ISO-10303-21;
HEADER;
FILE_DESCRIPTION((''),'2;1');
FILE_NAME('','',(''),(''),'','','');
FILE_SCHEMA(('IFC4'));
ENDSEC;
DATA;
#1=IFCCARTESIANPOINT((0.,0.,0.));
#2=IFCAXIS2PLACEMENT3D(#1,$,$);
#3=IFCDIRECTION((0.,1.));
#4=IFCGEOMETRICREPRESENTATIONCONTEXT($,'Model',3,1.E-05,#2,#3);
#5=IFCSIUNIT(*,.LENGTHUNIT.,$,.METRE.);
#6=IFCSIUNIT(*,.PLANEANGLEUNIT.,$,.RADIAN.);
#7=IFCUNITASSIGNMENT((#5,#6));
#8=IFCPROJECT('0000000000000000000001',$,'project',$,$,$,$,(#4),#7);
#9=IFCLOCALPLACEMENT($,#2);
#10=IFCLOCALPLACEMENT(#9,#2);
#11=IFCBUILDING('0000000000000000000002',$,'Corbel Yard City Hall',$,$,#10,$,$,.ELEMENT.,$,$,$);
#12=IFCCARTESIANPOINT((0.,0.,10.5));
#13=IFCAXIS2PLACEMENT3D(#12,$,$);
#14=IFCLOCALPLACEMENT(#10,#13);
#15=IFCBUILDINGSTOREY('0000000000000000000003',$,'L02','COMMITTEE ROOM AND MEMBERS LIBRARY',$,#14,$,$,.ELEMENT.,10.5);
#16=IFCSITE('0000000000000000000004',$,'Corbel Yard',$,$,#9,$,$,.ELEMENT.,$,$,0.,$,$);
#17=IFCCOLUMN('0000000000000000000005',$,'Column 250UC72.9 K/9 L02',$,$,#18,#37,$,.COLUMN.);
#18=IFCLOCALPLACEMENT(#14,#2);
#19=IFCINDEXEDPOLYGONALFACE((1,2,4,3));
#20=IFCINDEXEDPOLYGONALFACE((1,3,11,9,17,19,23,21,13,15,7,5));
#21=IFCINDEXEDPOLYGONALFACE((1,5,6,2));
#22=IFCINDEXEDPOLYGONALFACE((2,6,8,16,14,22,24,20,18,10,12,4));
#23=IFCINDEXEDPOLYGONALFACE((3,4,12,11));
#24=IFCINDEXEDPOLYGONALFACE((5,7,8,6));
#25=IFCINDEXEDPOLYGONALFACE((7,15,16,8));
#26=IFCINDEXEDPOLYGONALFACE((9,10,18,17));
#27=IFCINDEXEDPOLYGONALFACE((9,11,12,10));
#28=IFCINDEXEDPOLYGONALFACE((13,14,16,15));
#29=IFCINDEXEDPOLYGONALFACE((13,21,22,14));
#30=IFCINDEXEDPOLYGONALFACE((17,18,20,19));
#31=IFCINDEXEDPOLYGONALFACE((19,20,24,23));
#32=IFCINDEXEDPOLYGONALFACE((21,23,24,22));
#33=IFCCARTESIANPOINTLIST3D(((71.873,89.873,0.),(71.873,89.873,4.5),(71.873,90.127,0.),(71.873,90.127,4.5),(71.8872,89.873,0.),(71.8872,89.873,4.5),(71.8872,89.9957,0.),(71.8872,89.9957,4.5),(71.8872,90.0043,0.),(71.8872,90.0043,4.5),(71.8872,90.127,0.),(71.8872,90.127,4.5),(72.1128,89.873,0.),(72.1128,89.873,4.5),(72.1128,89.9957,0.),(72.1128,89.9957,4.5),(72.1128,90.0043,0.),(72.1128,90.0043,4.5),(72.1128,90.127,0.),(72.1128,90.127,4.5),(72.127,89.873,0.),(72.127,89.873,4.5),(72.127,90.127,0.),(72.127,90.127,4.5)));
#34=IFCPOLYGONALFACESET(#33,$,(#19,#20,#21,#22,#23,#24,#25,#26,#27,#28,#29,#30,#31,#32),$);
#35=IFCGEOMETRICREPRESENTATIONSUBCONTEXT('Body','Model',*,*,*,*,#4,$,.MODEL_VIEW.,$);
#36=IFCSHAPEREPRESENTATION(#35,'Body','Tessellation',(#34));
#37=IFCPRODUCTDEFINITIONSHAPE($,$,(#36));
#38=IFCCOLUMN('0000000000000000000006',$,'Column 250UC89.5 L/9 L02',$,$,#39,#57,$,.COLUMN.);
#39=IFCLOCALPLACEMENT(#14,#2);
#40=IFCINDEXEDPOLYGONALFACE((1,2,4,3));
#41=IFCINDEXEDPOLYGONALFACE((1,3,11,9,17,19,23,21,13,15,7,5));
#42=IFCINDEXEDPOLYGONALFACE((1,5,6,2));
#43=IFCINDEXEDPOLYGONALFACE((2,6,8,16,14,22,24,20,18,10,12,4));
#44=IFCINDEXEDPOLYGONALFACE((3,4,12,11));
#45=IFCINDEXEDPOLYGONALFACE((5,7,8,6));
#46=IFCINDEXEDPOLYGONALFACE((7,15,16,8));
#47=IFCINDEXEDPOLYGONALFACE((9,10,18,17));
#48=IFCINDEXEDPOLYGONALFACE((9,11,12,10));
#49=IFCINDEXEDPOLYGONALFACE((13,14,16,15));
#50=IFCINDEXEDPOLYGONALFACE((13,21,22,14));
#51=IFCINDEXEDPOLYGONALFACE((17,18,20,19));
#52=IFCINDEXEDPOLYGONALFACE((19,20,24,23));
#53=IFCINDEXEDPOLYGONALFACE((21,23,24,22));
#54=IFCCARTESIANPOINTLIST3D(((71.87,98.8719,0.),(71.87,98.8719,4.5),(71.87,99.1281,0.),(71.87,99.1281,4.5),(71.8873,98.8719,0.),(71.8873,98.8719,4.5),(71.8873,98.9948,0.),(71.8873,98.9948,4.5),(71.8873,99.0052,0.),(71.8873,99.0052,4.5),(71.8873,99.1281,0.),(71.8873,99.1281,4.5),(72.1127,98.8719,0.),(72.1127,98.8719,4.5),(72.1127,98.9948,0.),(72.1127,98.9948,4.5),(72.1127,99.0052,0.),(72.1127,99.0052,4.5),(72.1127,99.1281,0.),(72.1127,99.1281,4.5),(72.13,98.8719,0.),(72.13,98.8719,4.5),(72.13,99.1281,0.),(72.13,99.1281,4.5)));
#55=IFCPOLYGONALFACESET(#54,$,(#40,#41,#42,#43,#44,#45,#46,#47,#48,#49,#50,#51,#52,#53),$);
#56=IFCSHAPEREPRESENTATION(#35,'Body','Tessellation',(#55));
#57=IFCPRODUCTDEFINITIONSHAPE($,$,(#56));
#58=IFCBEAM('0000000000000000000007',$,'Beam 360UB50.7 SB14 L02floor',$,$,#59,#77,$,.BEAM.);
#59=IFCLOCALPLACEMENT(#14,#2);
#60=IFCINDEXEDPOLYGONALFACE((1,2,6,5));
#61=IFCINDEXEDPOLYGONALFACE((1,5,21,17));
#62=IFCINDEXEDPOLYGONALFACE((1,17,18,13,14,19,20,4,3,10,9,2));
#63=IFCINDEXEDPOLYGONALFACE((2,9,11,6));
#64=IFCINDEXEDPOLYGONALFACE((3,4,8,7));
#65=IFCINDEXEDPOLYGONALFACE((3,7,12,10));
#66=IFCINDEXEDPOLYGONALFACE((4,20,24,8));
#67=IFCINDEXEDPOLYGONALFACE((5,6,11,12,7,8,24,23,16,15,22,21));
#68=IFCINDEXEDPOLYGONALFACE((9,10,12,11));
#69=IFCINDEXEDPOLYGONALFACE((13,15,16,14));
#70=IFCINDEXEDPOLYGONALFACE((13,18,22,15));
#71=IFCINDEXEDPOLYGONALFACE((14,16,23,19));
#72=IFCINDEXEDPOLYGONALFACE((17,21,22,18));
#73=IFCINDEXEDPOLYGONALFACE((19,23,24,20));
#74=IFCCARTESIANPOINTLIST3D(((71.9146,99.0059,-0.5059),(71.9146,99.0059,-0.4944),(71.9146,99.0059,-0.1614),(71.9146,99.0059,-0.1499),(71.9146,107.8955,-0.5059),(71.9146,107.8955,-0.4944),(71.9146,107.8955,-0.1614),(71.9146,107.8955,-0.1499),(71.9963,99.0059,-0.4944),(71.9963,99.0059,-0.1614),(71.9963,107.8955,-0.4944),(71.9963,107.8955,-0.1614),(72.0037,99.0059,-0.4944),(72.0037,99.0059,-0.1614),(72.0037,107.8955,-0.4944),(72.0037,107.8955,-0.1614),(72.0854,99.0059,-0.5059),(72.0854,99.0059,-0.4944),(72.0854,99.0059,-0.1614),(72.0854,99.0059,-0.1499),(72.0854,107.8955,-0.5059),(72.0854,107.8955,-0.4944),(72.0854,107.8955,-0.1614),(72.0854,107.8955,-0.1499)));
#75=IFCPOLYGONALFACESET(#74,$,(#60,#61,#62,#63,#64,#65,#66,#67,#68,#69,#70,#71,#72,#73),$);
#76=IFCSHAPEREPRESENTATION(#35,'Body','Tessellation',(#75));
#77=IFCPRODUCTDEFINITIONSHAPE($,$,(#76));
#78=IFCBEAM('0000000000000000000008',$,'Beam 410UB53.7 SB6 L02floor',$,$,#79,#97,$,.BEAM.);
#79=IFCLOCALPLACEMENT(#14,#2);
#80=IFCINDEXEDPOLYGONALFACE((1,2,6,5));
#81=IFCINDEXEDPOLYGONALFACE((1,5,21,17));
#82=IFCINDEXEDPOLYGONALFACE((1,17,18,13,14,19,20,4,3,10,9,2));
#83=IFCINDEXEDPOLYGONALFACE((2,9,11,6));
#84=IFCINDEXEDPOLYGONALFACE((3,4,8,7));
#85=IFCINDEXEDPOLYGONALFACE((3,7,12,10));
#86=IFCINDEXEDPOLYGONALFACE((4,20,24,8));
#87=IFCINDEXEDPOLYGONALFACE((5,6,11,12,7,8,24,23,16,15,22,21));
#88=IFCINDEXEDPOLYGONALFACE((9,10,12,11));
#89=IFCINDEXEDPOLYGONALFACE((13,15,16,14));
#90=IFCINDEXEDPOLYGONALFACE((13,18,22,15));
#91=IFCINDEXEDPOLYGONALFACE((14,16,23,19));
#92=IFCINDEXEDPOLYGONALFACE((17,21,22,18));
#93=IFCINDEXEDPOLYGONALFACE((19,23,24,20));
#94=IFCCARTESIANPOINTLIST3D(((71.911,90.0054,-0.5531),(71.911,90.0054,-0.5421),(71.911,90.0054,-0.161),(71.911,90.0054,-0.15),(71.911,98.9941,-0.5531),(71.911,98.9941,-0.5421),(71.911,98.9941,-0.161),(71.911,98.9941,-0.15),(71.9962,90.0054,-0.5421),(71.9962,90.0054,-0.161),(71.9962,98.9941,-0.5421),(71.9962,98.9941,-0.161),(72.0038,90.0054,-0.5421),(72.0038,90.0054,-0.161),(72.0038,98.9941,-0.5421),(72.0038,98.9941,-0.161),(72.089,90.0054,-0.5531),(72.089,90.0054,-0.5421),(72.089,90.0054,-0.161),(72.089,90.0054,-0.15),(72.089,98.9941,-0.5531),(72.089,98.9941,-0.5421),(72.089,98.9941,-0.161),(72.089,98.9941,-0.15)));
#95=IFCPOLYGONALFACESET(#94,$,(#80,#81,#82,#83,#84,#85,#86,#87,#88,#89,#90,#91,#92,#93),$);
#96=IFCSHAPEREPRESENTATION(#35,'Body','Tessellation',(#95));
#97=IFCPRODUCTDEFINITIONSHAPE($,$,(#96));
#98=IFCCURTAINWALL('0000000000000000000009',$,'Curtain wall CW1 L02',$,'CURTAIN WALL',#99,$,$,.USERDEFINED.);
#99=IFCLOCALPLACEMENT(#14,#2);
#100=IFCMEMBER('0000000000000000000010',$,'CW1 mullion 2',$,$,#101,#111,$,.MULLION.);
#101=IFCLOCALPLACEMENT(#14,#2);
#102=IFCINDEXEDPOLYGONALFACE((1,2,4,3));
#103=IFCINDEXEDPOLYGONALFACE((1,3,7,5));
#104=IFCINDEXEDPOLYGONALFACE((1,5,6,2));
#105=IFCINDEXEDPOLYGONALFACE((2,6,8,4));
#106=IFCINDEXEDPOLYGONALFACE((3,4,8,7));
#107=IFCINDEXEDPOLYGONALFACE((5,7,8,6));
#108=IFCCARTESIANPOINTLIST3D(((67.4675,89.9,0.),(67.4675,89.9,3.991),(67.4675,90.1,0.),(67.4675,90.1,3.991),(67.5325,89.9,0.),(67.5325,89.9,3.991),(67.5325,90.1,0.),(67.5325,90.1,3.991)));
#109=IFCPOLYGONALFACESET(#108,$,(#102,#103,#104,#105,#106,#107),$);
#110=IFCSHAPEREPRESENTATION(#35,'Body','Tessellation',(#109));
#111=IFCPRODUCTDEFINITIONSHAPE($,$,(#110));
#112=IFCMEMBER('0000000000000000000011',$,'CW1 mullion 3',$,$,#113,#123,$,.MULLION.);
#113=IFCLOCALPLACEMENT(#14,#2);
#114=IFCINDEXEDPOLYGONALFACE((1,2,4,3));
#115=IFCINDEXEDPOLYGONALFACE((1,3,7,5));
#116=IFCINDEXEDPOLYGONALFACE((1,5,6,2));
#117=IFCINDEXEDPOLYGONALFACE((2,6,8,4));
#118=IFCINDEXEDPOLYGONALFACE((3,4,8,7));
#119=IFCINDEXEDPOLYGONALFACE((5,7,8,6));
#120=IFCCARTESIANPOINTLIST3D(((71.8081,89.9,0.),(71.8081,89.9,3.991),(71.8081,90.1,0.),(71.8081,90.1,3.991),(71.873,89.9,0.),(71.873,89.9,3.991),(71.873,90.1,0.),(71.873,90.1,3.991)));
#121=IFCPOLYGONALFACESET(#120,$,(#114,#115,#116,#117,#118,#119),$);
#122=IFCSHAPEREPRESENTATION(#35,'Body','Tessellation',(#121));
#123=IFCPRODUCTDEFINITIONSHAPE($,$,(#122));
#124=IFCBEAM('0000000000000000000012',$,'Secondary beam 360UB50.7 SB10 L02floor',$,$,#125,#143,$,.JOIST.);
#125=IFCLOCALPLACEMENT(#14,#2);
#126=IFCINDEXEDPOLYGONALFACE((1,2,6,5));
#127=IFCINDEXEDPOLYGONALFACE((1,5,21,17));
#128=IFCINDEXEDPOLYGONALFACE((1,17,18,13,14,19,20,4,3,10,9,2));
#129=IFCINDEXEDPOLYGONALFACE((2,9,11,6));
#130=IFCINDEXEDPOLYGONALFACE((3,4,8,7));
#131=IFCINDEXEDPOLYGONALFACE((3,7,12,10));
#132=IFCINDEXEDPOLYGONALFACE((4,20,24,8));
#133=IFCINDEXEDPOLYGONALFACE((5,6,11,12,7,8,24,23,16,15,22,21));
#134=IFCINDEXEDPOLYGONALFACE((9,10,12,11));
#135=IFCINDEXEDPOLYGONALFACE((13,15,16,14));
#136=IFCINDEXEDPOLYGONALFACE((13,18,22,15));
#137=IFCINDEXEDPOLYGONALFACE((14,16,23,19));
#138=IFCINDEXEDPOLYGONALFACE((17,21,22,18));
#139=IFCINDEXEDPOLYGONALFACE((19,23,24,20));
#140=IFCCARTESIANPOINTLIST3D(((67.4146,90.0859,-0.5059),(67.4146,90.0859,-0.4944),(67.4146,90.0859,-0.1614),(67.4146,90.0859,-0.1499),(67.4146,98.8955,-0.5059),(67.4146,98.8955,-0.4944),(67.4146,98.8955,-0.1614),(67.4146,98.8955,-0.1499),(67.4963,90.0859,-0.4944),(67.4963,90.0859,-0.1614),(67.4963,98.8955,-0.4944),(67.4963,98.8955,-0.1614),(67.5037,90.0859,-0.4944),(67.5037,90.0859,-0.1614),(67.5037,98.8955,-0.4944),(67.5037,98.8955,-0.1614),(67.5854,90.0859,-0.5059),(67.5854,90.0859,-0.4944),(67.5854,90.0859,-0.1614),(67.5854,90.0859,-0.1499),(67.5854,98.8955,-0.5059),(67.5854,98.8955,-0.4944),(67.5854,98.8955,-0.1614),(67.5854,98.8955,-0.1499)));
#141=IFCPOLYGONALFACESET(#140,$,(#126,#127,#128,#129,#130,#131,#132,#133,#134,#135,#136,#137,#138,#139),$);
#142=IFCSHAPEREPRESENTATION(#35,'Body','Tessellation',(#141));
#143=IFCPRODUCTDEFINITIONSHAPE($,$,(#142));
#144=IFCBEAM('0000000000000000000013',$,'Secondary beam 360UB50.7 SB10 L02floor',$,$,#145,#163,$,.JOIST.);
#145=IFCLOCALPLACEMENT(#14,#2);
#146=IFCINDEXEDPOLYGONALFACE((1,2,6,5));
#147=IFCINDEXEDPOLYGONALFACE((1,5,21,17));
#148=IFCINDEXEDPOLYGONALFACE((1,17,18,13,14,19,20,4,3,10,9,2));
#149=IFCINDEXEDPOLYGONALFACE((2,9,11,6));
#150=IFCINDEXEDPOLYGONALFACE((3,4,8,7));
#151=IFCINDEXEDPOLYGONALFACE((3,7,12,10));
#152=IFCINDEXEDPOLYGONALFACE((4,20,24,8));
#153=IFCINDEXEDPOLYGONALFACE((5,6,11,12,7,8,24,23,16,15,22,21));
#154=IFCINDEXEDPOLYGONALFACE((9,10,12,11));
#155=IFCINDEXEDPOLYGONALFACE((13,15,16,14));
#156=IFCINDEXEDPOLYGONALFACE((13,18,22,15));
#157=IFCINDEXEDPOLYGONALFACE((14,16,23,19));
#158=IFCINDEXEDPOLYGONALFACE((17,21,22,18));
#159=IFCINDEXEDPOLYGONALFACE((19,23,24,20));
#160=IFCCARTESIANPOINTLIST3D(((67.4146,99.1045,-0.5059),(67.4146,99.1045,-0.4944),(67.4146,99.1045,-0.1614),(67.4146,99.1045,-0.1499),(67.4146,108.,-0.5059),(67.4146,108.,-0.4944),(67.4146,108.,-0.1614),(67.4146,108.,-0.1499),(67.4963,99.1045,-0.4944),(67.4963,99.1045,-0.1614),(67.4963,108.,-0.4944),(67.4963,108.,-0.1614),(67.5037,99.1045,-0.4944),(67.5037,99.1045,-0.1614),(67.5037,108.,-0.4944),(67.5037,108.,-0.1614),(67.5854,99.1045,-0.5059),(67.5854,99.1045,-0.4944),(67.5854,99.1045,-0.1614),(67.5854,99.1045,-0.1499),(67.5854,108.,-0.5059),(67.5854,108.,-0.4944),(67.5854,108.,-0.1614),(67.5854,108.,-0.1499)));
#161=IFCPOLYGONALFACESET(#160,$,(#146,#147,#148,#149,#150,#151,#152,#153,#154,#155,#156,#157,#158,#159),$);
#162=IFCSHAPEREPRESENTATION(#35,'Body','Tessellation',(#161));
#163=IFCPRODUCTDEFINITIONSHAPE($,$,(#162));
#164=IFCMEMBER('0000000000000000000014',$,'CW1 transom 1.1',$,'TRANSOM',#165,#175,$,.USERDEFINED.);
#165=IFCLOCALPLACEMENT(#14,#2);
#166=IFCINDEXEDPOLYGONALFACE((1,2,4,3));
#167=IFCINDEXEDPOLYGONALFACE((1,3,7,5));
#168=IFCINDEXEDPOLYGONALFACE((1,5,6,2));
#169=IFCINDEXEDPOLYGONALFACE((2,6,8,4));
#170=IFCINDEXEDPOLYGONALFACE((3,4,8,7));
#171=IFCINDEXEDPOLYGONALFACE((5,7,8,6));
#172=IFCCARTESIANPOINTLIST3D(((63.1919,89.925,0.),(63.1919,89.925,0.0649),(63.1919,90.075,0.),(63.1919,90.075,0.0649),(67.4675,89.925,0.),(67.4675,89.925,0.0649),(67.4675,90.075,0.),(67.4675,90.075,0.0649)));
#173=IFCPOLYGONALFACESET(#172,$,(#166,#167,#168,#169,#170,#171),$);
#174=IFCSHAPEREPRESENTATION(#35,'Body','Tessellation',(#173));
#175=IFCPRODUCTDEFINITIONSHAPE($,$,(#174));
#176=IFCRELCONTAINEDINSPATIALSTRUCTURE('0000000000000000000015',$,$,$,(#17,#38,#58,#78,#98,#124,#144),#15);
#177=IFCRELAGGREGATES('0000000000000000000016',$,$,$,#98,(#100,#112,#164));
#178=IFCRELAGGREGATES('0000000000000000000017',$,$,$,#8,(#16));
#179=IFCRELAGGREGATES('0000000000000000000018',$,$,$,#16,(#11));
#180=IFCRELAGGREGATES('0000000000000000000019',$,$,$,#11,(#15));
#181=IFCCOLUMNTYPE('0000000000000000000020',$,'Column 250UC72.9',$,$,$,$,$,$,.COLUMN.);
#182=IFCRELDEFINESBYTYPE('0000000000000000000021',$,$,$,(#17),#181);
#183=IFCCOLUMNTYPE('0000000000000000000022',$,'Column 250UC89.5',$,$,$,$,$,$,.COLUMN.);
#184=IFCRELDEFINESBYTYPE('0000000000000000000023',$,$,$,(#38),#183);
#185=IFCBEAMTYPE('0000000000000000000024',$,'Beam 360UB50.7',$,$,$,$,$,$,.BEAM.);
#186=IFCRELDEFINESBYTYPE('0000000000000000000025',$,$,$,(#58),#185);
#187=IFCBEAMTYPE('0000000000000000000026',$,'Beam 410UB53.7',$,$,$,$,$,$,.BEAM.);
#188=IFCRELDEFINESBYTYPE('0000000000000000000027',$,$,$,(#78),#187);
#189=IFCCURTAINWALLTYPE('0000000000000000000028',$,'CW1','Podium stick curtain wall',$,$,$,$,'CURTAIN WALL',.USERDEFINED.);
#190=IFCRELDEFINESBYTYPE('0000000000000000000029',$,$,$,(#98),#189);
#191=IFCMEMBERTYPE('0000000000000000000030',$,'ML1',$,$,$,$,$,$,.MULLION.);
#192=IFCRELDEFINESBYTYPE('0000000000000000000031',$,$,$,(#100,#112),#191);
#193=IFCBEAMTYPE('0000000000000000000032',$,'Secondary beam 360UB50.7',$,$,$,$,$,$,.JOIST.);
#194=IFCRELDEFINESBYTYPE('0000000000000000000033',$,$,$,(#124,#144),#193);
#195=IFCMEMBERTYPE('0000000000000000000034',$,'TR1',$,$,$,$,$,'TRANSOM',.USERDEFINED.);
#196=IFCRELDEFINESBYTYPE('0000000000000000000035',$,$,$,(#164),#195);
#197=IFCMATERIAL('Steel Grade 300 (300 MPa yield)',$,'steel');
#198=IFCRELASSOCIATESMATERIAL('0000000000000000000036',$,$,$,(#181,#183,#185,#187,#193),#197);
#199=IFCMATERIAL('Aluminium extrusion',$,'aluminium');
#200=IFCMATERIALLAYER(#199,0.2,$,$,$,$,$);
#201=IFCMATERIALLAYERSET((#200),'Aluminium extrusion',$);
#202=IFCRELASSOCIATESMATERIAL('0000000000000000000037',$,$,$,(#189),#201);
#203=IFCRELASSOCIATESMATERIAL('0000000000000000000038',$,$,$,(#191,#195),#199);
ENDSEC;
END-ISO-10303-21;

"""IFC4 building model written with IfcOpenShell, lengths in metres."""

from ifc_helpers import new_model, si_unit, direction, frame, origin, origin_2d, place, context, subcontext, project, spatial, rectangle, i_section, extrude, material, layer, layer_set, material_profile, profile_set, type_object, element, aggregate, save


model = new_model("IFC4")

# Units and contexts
model_context = context("Model", 3, precision=1e-05, world=origin(), true_north=direction((0.0, 1.0)))
body_context = subcontext(model_context, "Body", "Model", "MODEL_VIEW")
ifc_project = project(units=[si_unit("LENGTHUNIT", "METRE"), si_unit("PLANEANGLEUNIT", "RADIAN")], contexts=[model_context])

# Site, building, storey
site_placement = place(None, origin())
site = spatial("IfcSite", under=ifc_project, at=site_placement, Name="Corbel Yard", CompositionType="ELEMENT", RefElevation=0.0)
building_placement = place(site_placement, origin())
building = spatial("IfcBuilding", under=site, at=building_placement, Name="Corbel Yard City Hall", CompositionType="ELEMENT")
storey_placement = place(building_placement, frame((0.0, 0.0, 10.5)))
storey = spatial("IfcBuildingStorey", under=building, at=storey_placement, Name="L02", Description="COMMITTEE ROOM AND MEMBERS LIBRARY", CompositionType="ELEMENT", Elevation=10.5)

# Columns
ifc_material_1 = material(Name="Steel Grade 300 (300 MPa yield)", Category="steel")
ifc_material_profile_1 = material_profile(ifc_material_1, i_section(OverallWidth=0.2539, OverallDepth=0.2539, WebThickness=0.0085, FlangeThickness=0.0142, at=origin_2d()), Name="250UC72.9")
ifc_profile_set_1 = profile_set([ifc_material_profile_1], Name="Steel Grade 300 (300 MPa yield)")
column_type_1 = type_object("IfcColumnType", Name="Column 250UC72.9", PredefinedType="COLUMN", material=ifc_profile_set_1)
column_1_placement = place(storey_placement, frame((72.0, 90.0, 0.0), z_axis=(0.0, 0.0, 1.0), x_axis=(0.0, 1.0, 0.0)))
element("IfcColumn", 1, at=column_1_placement, inside=storey, type_object=column_type_1, Name="Column 250UC72.9 K/9 L02", PredefinedType="COLUMN", context=body_context, shape_type="SweptSolid", body=[
    extrude(i_section(OverallWidth=0.2539, OverallDepth=0.2539, WebThickness=0.0085, FlangeThickness=0.0142, at=origin_2d()), origin(), (0.0, 0.0, 1.0), 4.5),
])
ifc_material_profile_2 = material_profile(ifc_material_1, i_section(OverallWidth=0.2561, OverallDepth=0.26, WebThickness=0.0105, FlangeThickness=0.0173, at=origin_2d()), Name="250UC89.5")
ifc_profile_set_2 = profile_set([ifc_material_profile_2], Name="Steel Grade 300 (300 MPa yield)")
column_type_2 = type_object("IfcColumnType", Name="Column 250UC89.5", PredefinedType="COLUMN", material=ifc_profile_set_2)
column_2_placement = place(storey_placement, frame((72.0, 99.0, 0.0), z_axis=(0.0, 0.0, 1.0), x_axis=(0.0, 1.0, 0.0)))
element("IfcColumn", 2, at=column_2_placement, inside=storey, type_object=column_type_2, Name="Column 250UC89.5 L/9 L02", PredefinedType="COLUMN", context=body_context, shape_type="SweptSolid", body=[
    extrude(i_section(OverallWidth=0.2561, OverallDepth=0.26, WebThickness=0.0105, FlangeThickness=0.0173, at=origin_2d()), origin(), (0.0, 0.0, 1.0), 4.5),
])

# Beams
ifc_material_profile_3 = material_profile(ifc_material_1, i_section(OverallWidth=0.1709, OverallDepth=0.356, WebThickness=0.0073, FlangeThickness=0.0115, at=origin_2d()), Name="360UB50.7")
ifc_profile_set_3 = profile_set([ifc_material_profile_3], Name="Steel Grade 300 (300 MPa yield)")
beam_type_1 = type_object("IfcBeamType", Name="Beam 360UB50.7", PredefinedType="BEAM", material=ifc_profile_set_3)
beam_1_placement = place(storey_placement, frame((72.0, 99.0059, -0.3279), z_axis=(0.0, 1.0, 0.0), x_axis=(-1.0, 0.0, 0.0)))
element("IfcBeam", 3, at=beam_1_placement, inside=storey, type_object=beam_type_1, Name="Beam 360UB50.7 SB14 L02floor", PredefinedType="BEAM", context=body_context, shape_type="SweptSolid", body=[
    extrude(i_section(OverallWidth=0.1709, OverallDepth=0.356, WebThickness=0.0073, FlangeThickness=0.0115, at=origin_2d()), origin(), (0.0, 0.0, 1.0), 8.8896),
])
ifc_material_profile_4 = material_profile(ifc_material_1, i_section(OverallWidth=0.178, OverallDepth=0.4031, WebThickness=0.0076, FlangeThickness=0.011, at=origin_2d()), Name="410UB53.7")
ifc_profile_set_4 = profile_set([ifc_material_profile_4], Name="Steel Grade 300 (300 MPa yield)")
beam_type_2 = type_object("IfcBeamType", Name="Beam 410UB53.7", PredefinedType="BEAM", material=ifc_profile_set_4)
beam_2_placement = place(storey_placement, frame((72.0, 90.0054, -0.3516), z_axis=(0.0, 1.0, 0.0), x_axis=(-1.0, 0.0, 0.0)))
element("IfcBeam", 4, at=beam_2_placement, inside=storey, type_object=beam_type_2, Name="Beam 410UB53.7 SB6 L02floor", PredefinedType="BEAM", context=body_context, shape_type="SweptSolid", body=[
    extrude(i_section(OverallWidth=0.178, OverallDepth=0.4031, WebThickness=0.0076, FlangeThickness=0.011, at=origin_2d()), origin(), (0.0, 0.0, 1.0), 8.9888),
])

# Curtain wall, members
ifc_material_2 = material(Name="Aluminium extrusion", Category="aluminium")
ifc_layer_1 = layer(ifc_material_2, 0.2)
ifc_layer_set_1 = layer_set([ifc_layer_1], Name="Aluminium extrusion")
curtain_wall_type = type_object("IfcCurtainWallType", Name="CW1", Description="Podium stick curtain wall", ElementType="CURTAIN WALL", PredefinedType="USERDEFINED", material=ifc_layer_set_1)
curtain_wall_placement = place(storey_placement, origin())
curtain_wall = element("IfcCurtainWall", 5, at=curtain_wall_placement, inside=storey, type_object=curtain_wall_type, Name="Curtain wall CW1 L02", ObjectType="CURTAIN WALL", PredefinedType="USERDEFINED")
ifc_material_profile_5 = material_profile(ifc_material_2, rectangle(XDim=0.2, YDim=0.0649, at=origin_2d()), Name="200x65")
ifc_profile_set_5 = profile_set([ifc_material_profile_5], Name="Aluminium extrusion")
member_type_1 = type_object("IfcMemberType", Name="ML1", PredefinedType="MULLION", material=ifc_profile_set_5)
member_1_placement = place(storey_placement, frame((67.5, 90.0, 0.0), z_axis=(0.0, 0.0, 1.0), x_axis=(0.0, 1.0, 0.0)))
member_1 = element("IfcMember", 6, at=member_1_placement, type_object=member_type_1, Name="CW1 mullion 2", PredefinedType="MULLION", context=body_context, shape_type="SweptSolid", body=[
    extrude(rectangle(XDim=0.2, YDim=0.0649, at=origin_2d()), origin(), (0.0, 0.0, 1.0), 3.991),
])
member_2_placement = place(storey_placement, frame((71.8406, 90.0, 0.0), z_axis=(0.0, 0.0, 1.0), x_axis=(0.0, 1.0, 0.0)))
member_2 = element("IfcMember", 7, at=member_2_placement, type_object=member_type_1, Name="CW1 mullion 3", PredefinedType="MULLION", context=body_context, shape_type="SweptSolid", body=[
    extrude(rectangle(XDim=0.2, YDim=0.0649, at=origin_2d()), origin(), (0.0, 0.0, 1.0), 3.991),
])

# Beams
ifc_material_profile_6 = material_profile(ifc_material_1, i_section(OverallWidth=0.1709, OverallDepth=0.356, WebThickness=0.0073, FlangeThickness=0.0115, at=origin_2d()), Name="360UB50.7")
ifc_profile_set_6 = profile_set([ifc_material_profile_6], Name="Steel Grade 300 (300 MPa yield)")
beam_type_3 = type_object("IfcBeamType", Name="Secondary beam 360UB50.7", PredefinedType="JOIST", material=ifc_profile_set_6)
beam_3_placement = place(storey_placement, frame((67.5, 90.0859, -0.3279), z_axis=(0.0, 1.0, 0.0), x_axis=(-1.0, 0.0, 0.0)))
element("IfcBeam", 8, at=beam_3_placement, inside=storey, type_object=beam_type_3, Name="Secondary beam 360UB50.7 SB10 L02floor", PredefinedType="JOIST", context=body_context, shape_type="SweptSolid", body=[
    extrude(i_section(OverallWidth=0.1709, OverallDepth=0.356, WebThickness=0.0073, FlangeThickness=0.0115, at=origin_2d()), origin(), (0.0, 0.0, 1.0), 8.8096),
])
beam_4_placement = place(storey_placement, frame((67.5, 99.1045, -0.3279), z_axis=(0.0, 1.0, 0.0), x_axis=(-1.0, 0.0, 0.0)))
element("IfcBeam", 9, at=beam_4_placement, inside=storey, type_object=beam_type_3, Name="Secondary beam 360UB50.7 SB10 L02floor", PredefinedType="JOIST", context=body_context, shape_type="SweptSolid", body=[
    extrude(i_section(OverallWidth=0.1709, OverallDepth=0.356, WebThickness=0.0073, FlangeThickness=0.0115, at=origin_2d()), origin(), (0.0, 0.0, 1.0), 8.8955),
])

# Member
ifc_material_profile_7 = material_profile(ifc_material_2, rectangle(XDim=0.1499, YDim=0.0649, at=origin_2d()), Name="150x65")
ifc_profile_set_7 = profile_set([ifc_material_profile_7], Name="Aluminium extrusion")
member_type_2 = type_object("IfcMemberType", Name="TR1", ElementType="TRANSOM", PredefinedType="USERDEFINED", material=ifc_profile_set_7)
member_3_placement = place(storey_placement, frame((63.1919, 90.0, 0.0325), z_axis=(1.0, 0.0, 0.0), x_axis=(0.0, 1.0, 0.0)))
member_3 = element("IfcMember", 10, at=member_3_placement, type_object=member_type_2, Name="CW1 transom 1.1", ObjectType="TRANSOM", PredefinedType="USERDEFINED", context=body_context, shape_type="SweptSolid", body=[
    extrude(rectangle(XDim=0.1499, YDim=0.0649, at=origin_2d()), origin(), (0.0, 0.0, 1.0), 4.2756),
])

aggregate(curtain_wall, [member_1, member_2, member_3])

save(model, "model.ifc")
